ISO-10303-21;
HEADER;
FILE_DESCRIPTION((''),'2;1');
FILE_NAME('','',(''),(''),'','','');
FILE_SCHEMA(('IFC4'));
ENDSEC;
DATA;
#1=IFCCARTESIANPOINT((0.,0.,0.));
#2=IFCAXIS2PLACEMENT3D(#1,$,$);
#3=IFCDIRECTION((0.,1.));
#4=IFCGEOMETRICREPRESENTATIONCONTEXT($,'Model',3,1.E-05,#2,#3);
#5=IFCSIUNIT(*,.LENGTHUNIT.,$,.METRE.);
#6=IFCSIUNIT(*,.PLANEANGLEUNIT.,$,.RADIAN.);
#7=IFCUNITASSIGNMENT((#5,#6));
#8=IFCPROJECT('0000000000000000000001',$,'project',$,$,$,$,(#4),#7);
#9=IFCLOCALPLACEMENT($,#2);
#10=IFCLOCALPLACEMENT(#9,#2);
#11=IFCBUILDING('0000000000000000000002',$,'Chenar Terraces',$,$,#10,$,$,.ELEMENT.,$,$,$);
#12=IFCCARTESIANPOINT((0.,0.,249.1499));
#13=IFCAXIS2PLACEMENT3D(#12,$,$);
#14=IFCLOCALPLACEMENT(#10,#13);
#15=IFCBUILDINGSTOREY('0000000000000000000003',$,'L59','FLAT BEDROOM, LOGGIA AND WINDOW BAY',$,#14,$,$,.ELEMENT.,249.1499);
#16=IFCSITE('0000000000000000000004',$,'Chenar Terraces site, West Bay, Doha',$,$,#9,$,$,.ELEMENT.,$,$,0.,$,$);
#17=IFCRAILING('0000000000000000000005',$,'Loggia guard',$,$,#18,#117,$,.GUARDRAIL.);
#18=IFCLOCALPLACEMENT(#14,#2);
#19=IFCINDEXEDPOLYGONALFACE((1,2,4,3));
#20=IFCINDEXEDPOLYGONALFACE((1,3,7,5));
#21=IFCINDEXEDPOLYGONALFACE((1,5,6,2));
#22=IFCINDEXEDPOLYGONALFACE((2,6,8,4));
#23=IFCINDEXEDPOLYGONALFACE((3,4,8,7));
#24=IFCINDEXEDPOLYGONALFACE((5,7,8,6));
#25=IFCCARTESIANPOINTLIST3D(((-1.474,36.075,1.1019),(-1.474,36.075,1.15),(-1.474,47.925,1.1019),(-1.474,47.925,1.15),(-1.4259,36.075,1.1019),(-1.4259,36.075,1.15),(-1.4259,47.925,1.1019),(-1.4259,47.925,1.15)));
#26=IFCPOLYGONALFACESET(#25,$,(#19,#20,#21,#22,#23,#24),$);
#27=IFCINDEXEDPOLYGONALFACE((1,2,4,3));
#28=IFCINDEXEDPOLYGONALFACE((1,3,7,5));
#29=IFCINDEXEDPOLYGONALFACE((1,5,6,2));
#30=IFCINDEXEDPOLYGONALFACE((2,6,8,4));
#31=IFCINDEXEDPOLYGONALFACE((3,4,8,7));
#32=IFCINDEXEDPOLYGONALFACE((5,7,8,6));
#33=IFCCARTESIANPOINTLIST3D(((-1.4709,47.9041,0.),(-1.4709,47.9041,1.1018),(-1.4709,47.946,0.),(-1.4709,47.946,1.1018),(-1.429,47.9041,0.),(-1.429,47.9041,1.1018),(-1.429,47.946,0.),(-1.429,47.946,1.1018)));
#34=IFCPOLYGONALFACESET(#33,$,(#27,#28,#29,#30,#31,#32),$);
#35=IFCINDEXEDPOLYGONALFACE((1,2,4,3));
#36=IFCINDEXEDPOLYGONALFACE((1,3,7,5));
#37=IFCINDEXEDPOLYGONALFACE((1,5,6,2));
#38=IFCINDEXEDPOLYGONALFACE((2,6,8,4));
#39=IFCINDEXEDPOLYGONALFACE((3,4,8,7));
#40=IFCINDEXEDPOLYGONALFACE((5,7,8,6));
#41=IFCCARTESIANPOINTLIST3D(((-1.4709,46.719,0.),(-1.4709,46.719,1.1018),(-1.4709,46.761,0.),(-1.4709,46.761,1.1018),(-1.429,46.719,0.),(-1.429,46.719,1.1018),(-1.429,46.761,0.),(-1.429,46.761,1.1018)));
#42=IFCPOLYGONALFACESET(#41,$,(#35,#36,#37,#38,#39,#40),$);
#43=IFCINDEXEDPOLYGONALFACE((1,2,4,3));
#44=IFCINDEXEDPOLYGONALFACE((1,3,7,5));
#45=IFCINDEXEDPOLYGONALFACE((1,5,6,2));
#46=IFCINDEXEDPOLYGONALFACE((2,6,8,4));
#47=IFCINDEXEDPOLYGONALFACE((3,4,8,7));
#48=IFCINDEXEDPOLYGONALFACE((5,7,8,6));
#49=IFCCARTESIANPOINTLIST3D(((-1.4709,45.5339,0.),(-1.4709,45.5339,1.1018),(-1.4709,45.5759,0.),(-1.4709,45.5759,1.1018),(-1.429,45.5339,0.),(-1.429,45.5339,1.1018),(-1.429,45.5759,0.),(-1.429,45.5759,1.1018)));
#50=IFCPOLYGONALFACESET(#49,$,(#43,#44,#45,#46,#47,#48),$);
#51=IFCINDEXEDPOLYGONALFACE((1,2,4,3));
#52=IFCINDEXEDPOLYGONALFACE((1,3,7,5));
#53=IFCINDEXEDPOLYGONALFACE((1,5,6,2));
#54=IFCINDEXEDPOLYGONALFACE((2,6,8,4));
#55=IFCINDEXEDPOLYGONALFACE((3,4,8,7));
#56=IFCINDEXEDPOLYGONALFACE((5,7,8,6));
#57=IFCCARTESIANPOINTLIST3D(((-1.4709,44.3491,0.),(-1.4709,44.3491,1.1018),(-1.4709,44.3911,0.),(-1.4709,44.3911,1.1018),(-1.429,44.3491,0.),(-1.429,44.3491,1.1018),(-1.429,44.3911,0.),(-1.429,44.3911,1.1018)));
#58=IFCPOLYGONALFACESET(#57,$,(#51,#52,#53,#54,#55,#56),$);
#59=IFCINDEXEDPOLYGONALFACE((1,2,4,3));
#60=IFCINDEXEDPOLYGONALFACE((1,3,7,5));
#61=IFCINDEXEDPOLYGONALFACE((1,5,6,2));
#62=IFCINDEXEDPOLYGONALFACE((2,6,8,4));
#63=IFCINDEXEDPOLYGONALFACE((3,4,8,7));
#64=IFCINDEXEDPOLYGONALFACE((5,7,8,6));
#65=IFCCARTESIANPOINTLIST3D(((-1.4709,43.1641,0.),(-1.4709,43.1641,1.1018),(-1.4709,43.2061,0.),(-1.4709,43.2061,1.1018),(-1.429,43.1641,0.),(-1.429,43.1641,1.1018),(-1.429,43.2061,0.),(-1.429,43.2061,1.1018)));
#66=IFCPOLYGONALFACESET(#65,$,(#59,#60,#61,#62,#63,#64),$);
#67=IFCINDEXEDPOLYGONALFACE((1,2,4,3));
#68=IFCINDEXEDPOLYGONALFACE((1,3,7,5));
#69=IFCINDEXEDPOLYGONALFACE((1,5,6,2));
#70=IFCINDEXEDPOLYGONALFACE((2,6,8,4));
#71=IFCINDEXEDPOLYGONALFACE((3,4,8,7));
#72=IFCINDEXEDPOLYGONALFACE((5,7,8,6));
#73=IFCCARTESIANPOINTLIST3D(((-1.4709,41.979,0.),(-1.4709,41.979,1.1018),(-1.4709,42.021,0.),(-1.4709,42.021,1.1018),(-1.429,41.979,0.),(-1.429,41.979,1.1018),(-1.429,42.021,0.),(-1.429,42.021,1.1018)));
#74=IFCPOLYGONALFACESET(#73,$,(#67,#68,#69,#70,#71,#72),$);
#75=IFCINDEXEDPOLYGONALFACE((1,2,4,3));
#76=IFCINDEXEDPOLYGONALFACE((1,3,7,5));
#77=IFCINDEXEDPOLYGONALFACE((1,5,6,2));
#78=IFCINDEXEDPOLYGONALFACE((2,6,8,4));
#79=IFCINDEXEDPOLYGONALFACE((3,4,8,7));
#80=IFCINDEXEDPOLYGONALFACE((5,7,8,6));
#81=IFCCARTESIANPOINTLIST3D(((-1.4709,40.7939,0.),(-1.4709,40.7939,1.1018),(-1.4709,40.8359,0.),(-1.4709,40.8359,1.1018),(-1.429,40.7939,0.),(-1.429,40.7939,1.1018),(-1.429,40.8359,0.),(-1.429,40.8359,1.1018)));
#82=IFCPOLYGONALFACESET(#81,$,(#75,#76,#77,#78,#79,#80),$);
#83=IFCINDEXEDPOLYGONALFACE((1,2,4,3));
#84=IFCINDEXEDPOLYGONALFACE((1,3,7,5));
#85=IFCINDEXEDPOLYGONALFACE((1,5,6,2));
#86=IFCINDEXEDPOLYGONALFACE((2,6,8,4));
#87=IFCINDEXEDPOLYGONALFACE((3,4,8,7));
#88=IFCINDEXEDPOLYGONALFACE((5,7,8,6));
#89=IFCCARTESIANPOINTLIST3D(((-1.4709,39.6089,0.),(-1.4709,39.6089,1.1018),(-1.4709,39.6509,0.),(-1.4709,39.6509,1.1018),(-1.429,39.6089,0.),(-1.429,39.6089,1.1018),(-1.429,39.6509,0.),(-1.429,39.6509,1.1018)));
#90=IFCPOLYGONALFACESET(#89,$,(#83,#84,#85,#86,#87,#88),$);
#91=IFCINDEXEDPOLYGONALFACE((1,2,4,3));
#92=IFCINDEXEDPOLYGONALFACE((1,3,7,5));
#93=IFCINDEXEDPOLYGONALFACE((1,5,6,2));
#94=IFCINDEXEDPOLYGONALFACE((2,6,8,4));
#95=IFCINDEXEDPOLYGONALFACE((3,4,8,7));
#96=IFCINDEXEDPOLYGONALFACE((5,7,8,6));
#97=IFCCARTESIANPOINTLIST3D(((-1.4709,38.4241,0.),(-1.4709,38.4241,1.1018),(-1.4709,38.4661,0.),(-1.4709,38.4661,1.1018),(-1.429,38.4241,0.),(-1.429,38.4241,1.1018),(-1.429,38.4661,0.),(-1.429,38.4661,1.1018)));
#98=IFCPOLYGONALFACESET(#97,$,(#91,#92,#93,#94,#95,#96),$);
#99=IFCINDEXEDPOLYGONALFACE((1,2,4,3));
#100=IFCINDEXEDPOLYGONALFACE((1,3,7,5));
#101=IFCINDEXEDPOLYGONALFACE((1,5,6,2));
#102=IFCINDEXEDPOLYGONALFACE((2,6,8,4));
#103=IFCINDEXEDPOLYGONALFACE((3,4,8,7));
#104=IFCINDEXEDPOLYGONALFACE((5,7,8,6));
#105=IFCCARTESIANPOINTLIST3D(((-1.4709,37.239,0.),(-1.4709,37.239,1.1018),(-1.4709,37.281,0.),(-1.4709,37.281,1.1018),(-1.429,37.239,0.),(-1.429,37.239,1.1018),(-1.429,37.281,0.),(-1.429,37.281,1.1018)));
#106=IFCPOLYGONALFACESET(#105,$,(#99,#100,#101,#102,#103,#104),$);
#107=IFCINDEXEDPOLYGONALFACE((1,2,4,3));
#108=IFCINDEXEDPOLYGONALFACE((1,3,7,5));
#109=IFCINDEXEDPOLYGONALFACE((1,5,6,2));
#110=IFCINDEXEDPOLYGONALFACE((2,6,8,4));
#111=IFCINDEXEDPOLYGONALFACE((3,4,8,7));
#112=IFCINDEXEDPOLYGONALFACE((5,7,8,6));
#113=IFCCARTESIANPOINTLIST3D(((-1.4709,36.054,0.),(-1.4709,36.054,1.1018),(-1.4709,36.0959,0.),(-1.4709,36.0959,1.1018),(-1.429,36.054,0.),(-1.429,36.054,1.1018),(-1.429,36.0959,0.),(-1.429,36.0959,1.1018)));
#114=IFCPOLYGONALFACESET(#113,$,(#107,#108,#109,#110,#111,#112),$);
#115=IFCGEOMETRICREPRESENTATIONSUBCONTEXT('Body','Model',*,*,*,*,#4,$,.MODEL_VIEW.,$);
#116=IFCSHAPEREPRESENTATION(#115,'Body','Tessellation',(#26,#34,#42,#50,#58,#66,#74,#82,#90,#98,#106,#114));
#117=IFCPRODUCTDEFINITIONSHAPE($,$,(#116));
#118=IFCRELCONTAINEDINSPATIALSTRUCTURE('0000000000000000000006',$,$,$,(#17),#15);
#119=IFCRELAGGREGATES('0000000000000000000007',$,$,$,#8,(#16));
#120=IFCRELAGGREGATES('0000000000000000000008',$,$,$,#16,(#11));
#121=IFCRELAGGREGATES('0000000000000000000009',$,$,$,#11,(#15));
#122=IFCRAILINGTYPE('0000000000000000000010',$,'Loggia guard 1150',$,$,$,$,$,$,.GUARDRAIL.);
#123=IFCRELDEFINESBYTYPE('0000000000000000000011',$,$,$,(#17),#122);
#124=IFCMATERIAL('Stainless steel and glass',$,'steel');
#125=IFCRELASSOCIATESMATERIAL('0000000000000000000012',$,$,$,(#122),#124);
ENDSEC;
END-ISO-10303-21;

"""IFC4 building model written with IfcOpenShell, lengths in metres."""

from ifc_helpers import new_model, si_unit, direction, frame, origin, origin_2d, place, context, subcontext, project, spatial, rectangle, extrude, material, type_object, element, save


model = new_model("IFC4")

# Units and contexts
model_context = context("Model", 3, precision=1e-05, world=origin(), true_north=direction((0.0, 1.0)))
body_context = subcontext(model_context, "Body", "Model", "MODEL_VIEW")
ifc_project = project(units=[si_unit("LENGTHUNIT", "METRE"), si_unit("PLANEANGLEUNIT", "RADIAN")], contexts=[model_context])

# Site, building, storey
site_placement = place(None, origin())
site = spatial("IfcSite", under=ifc_project, at=site_placement, Name="Chenar Terraces site, West Bay, Doha", CompositionType="ELEMENT", RefElevation=0.0)
building_placement = place(site_placement, origin())
building = spatial("IfcBuilding", under=site, at=building_placement, Name="Chenar Terraces", CompositionType="ELEMENT")
storey_placement = place(building_placement, frame((0.0, 0.0, 249.1499)))
storey = spatial("IfcBuildingStorey", under=building, at=storey_placement, Name="L59", Description="FLAT BEDROOM, LOGGIA AND WINDOW BAY", CompositionType="ELEMENT", Elevation=249.1499)

# Railing
ifc_material_1 = material(Name="Stainless steel and glass", Category="steel")
railing_type = type_object("IfcRailingType", Name="Loggia guard 1150", PredefinedType="GUARDRAIL", material=ifc_material_1)
railing_placement = place(storey_placement, frame((-1.45, 47.925, 0.0)))
element("IfcRailing", 1, at=railing_placement, inside=storey, type_object=railing_type, Name="Loggia guard", PredefinedType="GUARDRAIL", context=body_context, shape_type="SweptSolid", body=[
    extrude(rectangle(XDim=0.0481, YDim=0.0481, at=origin_2d()), frame((0.0, 0.0, 1.126), z_axis=(0.0, -1.0, 0.0), x_axis=(1.0, 0.0, 0.0)), (0.0, 0.0, 1.0), 11.8501),
    extrude(rectangle(XDim=0.042, YDim=0.042, at=origin_2d()), origin(), (0.0, 0.0, 1.0), 1.1018),
    extrude(rectangle(XDim=0.042, YDim=0.042, at=origin_2d()), frame((0.0, -1.1851, 0.0)), (0.0, 0.0, 1.0), 1.1018),
    extrude(rectangle(XDim=0.042, YDim=0.042, at=origin_2d()), frame((0.0, -2.3701, 0.0)), (0.0, 0.0, 1.0), 1.1018),
    extrude(rectangle(XDim=0.042, YDim=0.042, at=origin_2d()), frame((0.0, -3.5549, 0.0)), (0.0, 0.0, 1.0), 1.1018),
    extrude(rectangle(XDim=0.042, YDim=0.042, at=origin_2d()), frame((0.0, -4.74, 0.0)), (0.0, 0.0, 1.0), 1.1018),
    extrude(rectangle(XDim=0.042, YDim=0.042, at=origin_2d()), frame((0.0, -5.925, 0.0)), (0.0, 0.0, 1.0), 1.1018),
    extrude(rectangle(XDim=0.042, YDim=0.042, at=origin_2d()), frame((0.0, -7.1101, 0.0)), (0.0, 0.0, 1.0), 1.1018),
    extrude(rectangle(XDim=0.042, YDim=0.042, at=origin_2d()), frame((0.0, -8.2952, 0.0)), (0.0, 0.0, 1.0), 1.1018),
    extrude(rectangle(XDim=0.042, YDim=0.042, at=origin_2d()), frame((0.0, -9.48, 0.0)), (0.0, 0.0, 1.0), 1.1018),
    extrude(rectangle(XDim=0.042, YDim=0.042, at=origin_2d()), frame((0.0, -10.665, 0.0)), (0.0, 0.0, 1.0), 1.1018),
    extrude(rectangle(XDim=0.042, YDim=0.042, at=origin_2d()), frame((0.0, -11.8501, 0.0)), (0.0, 0.0, 1.0), 1.1018),
])

save(model, "model.ifc")
